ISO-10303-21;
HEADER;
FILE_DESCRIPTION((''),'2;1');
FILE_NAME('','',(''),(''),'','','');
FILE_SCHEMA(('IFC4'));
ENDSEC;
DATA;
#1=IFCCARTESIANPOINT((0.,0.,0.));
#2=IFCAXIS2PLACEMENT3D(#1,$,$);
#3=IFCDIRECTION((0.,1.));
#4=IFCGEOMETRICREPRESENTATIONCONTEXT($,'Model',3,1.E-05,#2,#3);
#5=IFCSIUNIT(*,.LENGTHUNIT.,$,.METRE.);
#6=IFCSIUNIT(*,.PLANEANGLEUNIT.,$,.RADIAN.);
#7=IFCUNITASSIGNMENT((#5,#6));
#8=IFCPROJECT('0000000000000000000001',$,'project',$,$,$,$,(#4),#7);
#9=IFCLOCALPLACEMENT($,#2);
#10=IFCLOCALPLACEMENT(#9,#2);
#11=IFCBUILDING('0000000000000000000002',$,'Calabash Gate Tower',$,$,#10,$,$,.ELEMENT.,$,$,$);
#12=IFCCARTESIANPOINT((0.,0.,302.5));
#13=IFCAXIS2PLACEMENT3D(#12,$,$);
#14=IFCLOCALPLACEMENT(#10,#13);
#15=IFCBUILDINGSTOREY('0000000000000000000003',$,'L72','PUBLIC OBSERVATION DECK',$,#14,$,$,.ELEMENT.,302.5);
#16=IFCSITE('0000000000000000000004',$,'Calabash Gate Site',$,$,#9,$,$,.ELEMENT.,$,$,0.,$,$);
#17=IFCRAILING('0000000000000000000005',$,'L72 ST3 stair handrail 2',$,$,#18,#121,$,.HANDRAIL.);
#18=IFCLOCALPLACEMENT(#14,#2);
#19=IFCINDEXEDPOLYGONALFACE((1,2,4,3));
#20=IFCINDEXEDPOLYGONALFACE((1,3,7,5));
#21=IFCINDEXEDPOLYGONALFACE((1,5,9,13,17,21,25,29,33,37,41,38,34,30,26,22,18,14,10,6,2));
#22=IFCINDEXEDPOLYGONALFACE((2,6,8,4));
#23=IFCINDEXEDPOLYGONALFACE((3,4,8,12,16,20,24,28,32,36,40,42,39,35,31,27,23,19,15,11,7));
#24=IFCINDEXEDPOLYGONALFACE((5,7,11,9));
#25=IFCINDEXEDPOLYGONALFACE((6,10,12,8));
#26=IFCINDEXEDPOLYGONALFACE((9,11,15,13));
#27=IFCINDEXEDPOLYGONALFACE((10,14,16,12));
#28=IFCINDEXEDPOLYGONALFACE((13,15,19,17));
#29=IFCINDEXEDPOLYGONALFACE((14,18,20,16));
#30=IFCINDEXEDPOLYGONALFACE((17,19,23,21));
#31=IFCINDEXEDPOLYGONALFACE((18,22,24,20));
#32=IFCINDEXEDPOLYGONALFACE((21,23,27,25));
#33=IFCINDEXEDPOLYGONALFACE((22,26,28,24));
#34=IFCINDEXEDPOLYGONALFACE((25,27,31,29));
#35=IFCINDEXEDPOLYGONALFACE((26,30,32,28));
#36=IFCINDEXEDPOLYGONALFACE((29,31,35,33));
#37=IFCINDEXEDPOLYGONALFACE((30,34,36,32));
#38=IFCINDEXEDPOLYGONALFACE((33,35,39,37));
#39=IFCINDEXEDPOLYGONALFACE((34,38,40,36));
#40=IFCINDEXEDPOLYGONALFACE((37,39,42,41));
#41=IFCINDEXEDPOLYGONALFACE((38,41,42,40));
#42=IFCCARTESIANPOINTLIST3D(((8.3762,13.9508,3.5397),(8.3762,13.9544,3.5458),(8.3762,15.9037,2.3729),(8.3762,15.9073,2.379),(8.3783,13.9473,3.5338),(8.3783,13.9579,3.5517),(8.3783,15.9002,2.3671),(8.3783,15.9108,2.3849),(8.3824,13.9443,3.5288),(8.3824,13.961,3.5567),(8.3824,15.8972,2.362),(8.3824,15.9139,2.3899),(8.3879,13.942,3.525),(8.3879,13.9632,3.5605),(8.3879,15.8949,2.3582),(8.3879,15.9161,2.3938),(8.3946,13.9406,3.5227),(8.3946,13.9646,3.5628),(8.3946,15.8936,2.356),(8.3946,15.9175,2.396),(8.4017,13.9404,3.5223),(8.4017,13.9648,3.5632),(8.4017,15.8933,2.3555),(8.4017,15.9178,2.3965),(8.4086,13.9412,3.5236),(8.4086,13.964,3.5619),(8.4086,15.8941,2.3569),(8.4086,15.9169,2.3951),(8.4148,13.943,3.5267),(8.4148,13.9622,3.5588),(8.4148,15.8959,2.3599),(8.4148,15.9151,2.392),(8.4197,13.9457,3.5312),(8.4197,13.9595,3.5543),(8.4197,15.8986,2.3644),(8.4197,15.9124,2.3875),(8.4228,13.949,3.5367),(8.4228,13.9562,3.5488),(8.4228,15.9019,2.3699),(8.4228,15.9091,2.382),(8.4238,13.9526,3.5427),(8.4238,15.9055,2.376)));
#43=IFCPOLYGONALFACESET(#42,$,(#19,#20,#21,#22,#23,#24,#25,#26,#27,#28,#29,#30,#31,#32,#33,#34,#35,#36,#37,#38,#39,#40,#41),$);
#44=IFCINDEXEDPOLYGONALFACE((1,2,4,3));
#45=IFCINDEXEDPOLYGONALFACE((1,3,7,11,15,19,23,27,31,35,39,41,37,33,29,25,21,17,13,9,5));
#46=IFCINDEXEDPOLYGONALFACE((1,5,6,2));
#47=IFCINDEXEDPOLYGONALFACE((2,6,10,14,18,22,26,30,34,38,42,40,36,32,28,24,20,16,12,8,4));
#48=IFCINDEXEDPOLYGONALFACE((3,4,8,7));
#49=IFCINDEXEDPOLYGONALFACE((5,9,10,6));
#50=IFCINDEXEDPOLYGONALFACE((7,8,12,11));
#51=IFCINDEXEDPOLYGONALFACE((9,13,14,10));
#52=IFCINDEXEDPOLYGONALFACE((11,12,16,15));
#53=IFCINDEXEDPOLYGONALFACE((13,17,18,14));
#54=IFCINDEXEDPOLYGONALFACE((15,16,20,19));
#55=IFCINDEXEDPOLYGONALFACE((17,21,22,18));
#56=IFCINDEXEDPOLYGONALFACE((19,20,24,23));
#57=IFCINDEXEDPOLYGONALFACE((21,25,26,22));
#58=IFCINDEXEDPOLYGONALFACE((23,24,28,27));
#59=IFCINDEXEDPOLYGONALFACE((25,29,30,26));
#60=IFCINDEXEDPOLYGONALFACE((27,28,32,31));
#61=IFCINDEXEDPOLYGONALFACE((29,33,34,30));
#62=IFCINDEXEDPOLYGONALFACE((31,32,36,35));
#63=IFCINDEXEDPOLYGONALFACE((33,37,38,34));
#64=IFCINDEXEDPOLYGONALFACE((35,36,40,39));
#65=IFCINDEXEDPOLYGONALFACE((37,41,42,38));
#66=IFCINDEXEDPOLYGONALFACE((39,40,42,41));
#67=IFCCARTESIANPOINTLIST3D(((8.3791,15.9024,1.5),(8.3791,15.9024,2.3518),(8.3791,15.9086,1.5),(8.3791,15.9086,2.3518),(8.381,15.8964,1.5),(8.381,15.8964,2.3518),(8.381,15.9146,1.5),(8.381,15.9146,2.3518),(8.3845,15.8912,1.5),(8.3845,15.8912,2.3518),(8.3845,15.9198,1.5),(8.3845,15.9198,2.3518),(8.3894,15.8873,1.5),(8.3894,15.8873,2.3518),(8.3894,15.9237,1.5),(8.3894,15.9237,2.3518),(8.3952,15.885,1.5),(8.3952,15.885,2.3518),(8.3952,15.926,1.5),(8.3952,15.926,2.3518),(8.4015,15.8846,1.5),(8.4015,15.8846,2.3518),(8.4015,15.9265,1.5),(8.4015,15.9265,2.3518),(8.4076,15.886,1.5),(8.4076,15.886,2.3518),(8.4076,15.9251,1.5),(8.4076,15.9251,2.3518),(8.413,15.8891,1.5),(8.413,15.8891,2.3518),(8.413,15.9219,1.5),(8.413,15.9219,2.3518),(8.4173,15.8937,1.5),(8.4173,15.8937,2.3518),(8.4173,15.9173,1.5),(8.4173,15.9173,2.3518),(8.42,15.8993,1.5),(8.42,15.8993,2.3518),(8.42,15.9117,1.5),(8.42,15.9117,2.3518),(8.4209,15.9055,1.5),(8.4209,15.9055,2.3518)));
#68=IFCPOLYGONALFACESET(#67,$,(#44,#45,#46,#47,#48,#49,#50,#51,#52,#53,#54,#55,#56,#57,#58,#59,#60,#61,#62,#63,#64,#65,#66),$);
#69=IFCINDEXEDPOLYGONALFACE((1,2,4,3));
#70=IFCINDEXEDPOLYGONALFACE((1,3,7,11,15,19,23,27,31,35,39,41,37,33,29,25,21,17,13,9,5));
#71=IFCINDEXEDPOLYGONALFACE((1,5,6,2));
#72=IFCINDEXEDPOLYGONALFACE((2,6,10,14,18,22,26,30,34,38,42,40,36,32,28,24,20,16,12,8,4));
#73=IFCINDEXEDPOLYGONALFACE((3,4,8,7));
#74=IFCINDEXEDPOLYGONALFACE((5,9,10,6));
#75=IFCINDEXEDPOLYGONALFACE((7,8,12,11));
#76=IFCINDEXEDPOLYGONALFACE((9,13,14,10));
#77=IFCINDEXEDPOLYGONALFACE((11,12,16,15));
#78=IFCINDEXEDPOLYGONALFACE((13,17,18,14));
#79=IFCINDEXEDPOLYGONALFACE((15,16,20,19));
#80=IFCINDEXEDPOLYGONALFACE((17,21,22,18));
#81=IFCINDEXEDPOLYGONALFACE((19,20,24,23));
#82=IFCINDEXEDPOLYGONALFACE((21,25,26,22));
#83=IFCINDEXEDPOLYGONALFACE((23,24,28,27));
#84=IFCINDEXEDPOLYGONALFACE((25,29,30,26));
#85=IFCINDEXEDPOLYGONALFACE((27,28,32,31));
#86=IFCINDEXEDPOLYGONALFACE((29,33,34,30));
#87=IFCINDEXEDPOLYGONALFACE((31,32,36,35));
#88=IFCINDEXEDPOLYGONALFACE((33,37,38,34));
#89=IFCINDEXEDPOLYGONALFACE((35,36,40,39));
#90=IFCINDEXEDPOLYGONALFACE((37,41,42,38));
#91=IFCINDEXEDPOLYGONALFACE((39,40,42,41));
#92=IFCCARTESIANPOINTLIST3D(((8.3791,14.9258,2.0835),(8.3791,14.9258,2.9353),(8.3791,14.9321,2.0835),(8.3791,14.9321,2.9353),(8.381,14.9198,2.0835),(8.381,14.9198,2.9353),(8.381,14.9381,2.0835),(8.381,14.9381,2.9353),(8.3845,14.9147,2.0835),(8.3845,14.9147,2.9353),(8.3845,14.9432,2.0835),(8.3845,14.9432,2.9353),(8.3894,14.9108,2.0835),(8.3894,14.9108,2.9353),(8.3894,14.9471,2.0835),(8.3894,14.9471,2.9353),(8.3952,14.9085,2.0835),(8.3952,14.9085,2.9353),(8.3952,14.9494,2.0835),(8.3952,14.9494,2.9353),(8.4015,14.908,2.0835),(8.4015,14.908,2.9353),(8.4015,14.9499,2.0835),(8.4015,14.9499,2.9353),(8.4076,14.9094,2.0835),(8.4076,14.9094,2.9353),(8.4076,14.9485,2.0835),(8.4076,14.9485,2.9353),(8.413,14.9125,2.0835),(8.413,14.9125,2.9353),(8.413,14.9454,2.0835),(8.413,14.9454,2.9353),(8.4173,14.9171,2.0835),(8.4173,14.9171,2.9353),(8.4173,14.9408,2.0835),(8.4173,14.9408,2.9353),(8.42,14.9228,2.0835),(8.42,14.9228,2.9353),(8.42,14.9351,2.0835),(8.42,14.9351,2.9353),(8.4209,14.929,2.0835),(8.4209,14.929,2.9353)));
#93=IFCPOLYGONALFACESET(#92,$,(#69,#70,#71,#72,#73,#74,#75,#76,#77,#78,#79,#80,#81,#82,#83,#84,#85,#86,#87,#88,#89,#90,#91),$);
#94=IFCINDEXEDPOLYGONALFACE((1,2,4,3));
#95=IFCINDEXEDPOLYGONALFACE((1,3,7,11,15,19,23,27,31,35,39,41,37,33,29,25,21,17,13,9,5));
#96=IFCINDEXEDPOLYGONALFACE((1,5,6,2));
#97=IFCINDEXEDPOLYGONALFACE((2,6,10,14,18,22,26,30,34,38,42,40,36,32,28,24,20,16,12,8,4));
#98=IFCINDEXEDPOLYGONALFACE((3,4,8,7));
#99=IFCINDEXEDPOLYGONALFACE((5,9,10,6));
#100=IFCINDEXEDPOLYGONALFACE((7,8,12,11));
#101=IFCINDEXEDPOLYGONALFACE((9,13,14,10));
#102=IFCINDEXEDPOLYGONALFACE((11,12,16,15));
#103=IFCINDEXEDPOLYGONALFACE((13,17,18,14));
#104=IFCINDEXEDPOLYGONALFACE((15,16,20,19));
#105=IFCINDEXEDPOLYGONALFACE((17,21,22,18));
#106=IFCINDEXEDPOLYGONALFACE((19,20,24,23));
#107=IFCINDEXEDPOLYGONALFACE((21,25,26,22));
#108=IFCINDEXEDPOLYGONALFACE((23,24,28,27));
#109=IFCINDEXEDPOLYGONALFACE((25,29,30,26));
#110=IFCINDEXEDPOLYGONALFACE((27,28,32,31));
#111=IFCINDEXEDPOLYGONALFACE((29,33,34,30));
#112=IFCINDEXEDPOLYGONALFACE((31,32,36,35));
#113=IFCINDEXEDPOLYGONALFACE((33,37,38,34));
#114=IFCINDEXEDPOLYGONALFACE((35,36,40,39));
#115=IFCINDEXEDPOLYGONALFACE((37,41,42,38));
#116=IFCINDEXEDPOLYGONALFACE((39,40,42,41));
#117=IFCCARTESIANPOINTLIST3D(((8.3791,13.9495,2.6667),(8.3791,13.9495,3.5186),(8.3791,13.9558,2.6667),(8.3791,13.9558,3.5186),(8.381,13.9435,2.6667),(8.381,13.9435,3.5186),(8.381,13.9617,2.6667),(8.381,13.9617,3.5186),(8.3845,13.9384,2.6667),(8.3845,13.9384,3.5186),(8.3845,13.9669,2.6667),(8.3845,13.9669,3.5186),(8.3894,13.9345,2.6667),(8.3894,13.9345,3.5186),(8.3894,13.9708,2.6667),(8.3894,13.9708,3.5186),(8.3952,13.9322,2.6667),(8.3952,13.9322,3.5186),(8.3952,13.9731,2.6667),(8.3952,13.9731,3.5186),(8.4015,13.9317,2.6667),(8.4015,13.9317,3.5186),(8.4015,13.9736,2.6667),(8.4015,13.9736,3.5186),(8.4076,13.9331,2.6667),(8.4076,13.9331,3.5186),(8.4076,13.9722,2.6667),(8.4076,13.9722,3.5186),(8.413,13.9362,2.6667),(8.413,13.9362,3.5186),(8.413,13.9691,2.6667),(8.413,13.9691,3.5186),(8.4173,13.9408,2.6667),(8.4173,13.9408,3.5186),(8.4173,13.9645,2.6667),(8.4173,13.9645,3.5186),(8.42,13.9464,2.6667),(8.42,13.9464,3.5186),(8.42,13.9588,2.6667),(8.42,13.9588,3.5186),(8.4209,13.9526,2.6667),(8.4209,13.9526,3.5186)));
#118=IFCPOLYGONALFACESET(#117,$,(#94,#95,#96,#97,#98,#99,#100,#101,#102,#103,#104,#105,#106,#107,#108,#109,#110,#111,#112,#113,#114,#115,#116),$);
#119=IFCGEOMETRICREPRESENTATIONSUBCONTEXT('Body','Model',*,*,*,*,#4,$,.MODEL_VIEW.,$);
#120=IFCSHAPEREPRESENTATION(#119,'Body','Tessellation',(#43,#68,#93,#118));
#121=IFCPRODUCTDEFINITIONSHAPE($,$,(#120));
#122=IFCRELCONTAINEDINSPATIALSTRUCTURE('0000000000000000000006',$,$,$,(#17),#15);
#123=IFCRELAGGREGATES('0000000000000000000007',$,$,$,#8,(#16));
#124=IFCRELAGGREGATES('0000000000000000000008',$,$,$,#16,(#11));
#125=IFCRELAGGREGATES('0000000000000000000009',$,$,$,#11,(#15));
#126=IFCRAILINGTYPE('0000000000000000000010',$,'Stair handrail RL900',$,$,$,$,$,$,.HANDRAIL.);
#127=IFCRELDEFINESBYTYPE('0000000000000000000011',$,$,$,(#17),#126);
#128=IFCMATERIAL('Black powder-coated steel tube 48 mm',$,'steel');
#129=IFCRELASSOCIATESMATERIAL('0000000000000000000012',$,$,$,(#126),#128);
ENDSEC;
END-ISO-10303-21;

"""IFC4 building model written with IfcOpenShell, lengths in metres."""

from ifc_helpers import new_model, si_unit, direction, frame, origin, origin_2d, place, context, subcontext, project, spatial, circle, extrude, material, type_object, element, save


model = new_model("IFC4")

# Units and contexts
model_context = context("Model", 3, precision=1e-05, world=origin(), true_north=direction((0.0, 1.0)))
body_context = subcontext(model_context, "Body", "Model", "MODEL_VIEW")
ifc_project = project(units=[si_unit("LENGTHUNIT", "METRE"), si_unit("PLANEANGLEUNIT", "RADIAN")], contexts=[model_context])

# Site, building, storey
site_placement = place(None, origin())
site = spatial("IfcSite", under=ifc_project, at=site_placement, Name="Calabash Gate Site", CompositionType="ELEMENT", RefElevation=0.0)
building_placement = place(site_placement, origin())
building = spatial("IfcBuilding", under=site, at=building_placement, Name="Calabash Gate Tower", CompositionType="ELEMENT")
storey_placement = place(building_placement, frame((0.0, 0.0, 302.5)))
storey = spatial("IfcBuildingStorey", under=building, at=storey_placement, Name="L72", Description="PUBLIC OBSERVATION DECK", CompositionType="ELEMENT", Elevation=302.5)

# Railing
ifc_material_1 = material(Name="Black powder-coated steel tube 48 mm", Category="steel")
railing_type_1 = type_object("IfcRailingType", Name="Stair handrail RL900", PredefinedType="HANDRAIL", material=ifc_material_1)
railing_1_placement = place(storey_placement, frame((8.3999, 15.9055, 1.5)))
element("IfcRailing", 1, at=railing_1_placement, inside=storey, type_object=railing_type_1, Name="L72 ST3 stair handrail 2", PredefinedType="HANDRAIL", context=body_context, shape_type="SweptSolid", body=[
    extrude(circle(Radius=0.0239, at=origin_2d()), frame((0.0, 0.0, 0.876), z_axis=(0.0, -0.858457, 0.512885), x_axis=(1.0, 0.0, 0.0)), (0.0, 0.0, 1.0), 2.2749),
    extrude(circle(Radius=0.021, at=origin_2d()), origin(), (0.0, 0.0, 1.0), 0.8518),
    extrude(circle(Radius=0.021, at=origin_2d()), frame((0.0, -0.9766, 0.5835)), (0.0, 0.0, 1.0), 0.8518),
    extrude(circle(Radius=0.021, at=origin_2d()), frame((0.0, -1.9529, 1.1667)), (0.0, 0.0, 1.0), 0.8518),
])

save(model, "model.ifc")
